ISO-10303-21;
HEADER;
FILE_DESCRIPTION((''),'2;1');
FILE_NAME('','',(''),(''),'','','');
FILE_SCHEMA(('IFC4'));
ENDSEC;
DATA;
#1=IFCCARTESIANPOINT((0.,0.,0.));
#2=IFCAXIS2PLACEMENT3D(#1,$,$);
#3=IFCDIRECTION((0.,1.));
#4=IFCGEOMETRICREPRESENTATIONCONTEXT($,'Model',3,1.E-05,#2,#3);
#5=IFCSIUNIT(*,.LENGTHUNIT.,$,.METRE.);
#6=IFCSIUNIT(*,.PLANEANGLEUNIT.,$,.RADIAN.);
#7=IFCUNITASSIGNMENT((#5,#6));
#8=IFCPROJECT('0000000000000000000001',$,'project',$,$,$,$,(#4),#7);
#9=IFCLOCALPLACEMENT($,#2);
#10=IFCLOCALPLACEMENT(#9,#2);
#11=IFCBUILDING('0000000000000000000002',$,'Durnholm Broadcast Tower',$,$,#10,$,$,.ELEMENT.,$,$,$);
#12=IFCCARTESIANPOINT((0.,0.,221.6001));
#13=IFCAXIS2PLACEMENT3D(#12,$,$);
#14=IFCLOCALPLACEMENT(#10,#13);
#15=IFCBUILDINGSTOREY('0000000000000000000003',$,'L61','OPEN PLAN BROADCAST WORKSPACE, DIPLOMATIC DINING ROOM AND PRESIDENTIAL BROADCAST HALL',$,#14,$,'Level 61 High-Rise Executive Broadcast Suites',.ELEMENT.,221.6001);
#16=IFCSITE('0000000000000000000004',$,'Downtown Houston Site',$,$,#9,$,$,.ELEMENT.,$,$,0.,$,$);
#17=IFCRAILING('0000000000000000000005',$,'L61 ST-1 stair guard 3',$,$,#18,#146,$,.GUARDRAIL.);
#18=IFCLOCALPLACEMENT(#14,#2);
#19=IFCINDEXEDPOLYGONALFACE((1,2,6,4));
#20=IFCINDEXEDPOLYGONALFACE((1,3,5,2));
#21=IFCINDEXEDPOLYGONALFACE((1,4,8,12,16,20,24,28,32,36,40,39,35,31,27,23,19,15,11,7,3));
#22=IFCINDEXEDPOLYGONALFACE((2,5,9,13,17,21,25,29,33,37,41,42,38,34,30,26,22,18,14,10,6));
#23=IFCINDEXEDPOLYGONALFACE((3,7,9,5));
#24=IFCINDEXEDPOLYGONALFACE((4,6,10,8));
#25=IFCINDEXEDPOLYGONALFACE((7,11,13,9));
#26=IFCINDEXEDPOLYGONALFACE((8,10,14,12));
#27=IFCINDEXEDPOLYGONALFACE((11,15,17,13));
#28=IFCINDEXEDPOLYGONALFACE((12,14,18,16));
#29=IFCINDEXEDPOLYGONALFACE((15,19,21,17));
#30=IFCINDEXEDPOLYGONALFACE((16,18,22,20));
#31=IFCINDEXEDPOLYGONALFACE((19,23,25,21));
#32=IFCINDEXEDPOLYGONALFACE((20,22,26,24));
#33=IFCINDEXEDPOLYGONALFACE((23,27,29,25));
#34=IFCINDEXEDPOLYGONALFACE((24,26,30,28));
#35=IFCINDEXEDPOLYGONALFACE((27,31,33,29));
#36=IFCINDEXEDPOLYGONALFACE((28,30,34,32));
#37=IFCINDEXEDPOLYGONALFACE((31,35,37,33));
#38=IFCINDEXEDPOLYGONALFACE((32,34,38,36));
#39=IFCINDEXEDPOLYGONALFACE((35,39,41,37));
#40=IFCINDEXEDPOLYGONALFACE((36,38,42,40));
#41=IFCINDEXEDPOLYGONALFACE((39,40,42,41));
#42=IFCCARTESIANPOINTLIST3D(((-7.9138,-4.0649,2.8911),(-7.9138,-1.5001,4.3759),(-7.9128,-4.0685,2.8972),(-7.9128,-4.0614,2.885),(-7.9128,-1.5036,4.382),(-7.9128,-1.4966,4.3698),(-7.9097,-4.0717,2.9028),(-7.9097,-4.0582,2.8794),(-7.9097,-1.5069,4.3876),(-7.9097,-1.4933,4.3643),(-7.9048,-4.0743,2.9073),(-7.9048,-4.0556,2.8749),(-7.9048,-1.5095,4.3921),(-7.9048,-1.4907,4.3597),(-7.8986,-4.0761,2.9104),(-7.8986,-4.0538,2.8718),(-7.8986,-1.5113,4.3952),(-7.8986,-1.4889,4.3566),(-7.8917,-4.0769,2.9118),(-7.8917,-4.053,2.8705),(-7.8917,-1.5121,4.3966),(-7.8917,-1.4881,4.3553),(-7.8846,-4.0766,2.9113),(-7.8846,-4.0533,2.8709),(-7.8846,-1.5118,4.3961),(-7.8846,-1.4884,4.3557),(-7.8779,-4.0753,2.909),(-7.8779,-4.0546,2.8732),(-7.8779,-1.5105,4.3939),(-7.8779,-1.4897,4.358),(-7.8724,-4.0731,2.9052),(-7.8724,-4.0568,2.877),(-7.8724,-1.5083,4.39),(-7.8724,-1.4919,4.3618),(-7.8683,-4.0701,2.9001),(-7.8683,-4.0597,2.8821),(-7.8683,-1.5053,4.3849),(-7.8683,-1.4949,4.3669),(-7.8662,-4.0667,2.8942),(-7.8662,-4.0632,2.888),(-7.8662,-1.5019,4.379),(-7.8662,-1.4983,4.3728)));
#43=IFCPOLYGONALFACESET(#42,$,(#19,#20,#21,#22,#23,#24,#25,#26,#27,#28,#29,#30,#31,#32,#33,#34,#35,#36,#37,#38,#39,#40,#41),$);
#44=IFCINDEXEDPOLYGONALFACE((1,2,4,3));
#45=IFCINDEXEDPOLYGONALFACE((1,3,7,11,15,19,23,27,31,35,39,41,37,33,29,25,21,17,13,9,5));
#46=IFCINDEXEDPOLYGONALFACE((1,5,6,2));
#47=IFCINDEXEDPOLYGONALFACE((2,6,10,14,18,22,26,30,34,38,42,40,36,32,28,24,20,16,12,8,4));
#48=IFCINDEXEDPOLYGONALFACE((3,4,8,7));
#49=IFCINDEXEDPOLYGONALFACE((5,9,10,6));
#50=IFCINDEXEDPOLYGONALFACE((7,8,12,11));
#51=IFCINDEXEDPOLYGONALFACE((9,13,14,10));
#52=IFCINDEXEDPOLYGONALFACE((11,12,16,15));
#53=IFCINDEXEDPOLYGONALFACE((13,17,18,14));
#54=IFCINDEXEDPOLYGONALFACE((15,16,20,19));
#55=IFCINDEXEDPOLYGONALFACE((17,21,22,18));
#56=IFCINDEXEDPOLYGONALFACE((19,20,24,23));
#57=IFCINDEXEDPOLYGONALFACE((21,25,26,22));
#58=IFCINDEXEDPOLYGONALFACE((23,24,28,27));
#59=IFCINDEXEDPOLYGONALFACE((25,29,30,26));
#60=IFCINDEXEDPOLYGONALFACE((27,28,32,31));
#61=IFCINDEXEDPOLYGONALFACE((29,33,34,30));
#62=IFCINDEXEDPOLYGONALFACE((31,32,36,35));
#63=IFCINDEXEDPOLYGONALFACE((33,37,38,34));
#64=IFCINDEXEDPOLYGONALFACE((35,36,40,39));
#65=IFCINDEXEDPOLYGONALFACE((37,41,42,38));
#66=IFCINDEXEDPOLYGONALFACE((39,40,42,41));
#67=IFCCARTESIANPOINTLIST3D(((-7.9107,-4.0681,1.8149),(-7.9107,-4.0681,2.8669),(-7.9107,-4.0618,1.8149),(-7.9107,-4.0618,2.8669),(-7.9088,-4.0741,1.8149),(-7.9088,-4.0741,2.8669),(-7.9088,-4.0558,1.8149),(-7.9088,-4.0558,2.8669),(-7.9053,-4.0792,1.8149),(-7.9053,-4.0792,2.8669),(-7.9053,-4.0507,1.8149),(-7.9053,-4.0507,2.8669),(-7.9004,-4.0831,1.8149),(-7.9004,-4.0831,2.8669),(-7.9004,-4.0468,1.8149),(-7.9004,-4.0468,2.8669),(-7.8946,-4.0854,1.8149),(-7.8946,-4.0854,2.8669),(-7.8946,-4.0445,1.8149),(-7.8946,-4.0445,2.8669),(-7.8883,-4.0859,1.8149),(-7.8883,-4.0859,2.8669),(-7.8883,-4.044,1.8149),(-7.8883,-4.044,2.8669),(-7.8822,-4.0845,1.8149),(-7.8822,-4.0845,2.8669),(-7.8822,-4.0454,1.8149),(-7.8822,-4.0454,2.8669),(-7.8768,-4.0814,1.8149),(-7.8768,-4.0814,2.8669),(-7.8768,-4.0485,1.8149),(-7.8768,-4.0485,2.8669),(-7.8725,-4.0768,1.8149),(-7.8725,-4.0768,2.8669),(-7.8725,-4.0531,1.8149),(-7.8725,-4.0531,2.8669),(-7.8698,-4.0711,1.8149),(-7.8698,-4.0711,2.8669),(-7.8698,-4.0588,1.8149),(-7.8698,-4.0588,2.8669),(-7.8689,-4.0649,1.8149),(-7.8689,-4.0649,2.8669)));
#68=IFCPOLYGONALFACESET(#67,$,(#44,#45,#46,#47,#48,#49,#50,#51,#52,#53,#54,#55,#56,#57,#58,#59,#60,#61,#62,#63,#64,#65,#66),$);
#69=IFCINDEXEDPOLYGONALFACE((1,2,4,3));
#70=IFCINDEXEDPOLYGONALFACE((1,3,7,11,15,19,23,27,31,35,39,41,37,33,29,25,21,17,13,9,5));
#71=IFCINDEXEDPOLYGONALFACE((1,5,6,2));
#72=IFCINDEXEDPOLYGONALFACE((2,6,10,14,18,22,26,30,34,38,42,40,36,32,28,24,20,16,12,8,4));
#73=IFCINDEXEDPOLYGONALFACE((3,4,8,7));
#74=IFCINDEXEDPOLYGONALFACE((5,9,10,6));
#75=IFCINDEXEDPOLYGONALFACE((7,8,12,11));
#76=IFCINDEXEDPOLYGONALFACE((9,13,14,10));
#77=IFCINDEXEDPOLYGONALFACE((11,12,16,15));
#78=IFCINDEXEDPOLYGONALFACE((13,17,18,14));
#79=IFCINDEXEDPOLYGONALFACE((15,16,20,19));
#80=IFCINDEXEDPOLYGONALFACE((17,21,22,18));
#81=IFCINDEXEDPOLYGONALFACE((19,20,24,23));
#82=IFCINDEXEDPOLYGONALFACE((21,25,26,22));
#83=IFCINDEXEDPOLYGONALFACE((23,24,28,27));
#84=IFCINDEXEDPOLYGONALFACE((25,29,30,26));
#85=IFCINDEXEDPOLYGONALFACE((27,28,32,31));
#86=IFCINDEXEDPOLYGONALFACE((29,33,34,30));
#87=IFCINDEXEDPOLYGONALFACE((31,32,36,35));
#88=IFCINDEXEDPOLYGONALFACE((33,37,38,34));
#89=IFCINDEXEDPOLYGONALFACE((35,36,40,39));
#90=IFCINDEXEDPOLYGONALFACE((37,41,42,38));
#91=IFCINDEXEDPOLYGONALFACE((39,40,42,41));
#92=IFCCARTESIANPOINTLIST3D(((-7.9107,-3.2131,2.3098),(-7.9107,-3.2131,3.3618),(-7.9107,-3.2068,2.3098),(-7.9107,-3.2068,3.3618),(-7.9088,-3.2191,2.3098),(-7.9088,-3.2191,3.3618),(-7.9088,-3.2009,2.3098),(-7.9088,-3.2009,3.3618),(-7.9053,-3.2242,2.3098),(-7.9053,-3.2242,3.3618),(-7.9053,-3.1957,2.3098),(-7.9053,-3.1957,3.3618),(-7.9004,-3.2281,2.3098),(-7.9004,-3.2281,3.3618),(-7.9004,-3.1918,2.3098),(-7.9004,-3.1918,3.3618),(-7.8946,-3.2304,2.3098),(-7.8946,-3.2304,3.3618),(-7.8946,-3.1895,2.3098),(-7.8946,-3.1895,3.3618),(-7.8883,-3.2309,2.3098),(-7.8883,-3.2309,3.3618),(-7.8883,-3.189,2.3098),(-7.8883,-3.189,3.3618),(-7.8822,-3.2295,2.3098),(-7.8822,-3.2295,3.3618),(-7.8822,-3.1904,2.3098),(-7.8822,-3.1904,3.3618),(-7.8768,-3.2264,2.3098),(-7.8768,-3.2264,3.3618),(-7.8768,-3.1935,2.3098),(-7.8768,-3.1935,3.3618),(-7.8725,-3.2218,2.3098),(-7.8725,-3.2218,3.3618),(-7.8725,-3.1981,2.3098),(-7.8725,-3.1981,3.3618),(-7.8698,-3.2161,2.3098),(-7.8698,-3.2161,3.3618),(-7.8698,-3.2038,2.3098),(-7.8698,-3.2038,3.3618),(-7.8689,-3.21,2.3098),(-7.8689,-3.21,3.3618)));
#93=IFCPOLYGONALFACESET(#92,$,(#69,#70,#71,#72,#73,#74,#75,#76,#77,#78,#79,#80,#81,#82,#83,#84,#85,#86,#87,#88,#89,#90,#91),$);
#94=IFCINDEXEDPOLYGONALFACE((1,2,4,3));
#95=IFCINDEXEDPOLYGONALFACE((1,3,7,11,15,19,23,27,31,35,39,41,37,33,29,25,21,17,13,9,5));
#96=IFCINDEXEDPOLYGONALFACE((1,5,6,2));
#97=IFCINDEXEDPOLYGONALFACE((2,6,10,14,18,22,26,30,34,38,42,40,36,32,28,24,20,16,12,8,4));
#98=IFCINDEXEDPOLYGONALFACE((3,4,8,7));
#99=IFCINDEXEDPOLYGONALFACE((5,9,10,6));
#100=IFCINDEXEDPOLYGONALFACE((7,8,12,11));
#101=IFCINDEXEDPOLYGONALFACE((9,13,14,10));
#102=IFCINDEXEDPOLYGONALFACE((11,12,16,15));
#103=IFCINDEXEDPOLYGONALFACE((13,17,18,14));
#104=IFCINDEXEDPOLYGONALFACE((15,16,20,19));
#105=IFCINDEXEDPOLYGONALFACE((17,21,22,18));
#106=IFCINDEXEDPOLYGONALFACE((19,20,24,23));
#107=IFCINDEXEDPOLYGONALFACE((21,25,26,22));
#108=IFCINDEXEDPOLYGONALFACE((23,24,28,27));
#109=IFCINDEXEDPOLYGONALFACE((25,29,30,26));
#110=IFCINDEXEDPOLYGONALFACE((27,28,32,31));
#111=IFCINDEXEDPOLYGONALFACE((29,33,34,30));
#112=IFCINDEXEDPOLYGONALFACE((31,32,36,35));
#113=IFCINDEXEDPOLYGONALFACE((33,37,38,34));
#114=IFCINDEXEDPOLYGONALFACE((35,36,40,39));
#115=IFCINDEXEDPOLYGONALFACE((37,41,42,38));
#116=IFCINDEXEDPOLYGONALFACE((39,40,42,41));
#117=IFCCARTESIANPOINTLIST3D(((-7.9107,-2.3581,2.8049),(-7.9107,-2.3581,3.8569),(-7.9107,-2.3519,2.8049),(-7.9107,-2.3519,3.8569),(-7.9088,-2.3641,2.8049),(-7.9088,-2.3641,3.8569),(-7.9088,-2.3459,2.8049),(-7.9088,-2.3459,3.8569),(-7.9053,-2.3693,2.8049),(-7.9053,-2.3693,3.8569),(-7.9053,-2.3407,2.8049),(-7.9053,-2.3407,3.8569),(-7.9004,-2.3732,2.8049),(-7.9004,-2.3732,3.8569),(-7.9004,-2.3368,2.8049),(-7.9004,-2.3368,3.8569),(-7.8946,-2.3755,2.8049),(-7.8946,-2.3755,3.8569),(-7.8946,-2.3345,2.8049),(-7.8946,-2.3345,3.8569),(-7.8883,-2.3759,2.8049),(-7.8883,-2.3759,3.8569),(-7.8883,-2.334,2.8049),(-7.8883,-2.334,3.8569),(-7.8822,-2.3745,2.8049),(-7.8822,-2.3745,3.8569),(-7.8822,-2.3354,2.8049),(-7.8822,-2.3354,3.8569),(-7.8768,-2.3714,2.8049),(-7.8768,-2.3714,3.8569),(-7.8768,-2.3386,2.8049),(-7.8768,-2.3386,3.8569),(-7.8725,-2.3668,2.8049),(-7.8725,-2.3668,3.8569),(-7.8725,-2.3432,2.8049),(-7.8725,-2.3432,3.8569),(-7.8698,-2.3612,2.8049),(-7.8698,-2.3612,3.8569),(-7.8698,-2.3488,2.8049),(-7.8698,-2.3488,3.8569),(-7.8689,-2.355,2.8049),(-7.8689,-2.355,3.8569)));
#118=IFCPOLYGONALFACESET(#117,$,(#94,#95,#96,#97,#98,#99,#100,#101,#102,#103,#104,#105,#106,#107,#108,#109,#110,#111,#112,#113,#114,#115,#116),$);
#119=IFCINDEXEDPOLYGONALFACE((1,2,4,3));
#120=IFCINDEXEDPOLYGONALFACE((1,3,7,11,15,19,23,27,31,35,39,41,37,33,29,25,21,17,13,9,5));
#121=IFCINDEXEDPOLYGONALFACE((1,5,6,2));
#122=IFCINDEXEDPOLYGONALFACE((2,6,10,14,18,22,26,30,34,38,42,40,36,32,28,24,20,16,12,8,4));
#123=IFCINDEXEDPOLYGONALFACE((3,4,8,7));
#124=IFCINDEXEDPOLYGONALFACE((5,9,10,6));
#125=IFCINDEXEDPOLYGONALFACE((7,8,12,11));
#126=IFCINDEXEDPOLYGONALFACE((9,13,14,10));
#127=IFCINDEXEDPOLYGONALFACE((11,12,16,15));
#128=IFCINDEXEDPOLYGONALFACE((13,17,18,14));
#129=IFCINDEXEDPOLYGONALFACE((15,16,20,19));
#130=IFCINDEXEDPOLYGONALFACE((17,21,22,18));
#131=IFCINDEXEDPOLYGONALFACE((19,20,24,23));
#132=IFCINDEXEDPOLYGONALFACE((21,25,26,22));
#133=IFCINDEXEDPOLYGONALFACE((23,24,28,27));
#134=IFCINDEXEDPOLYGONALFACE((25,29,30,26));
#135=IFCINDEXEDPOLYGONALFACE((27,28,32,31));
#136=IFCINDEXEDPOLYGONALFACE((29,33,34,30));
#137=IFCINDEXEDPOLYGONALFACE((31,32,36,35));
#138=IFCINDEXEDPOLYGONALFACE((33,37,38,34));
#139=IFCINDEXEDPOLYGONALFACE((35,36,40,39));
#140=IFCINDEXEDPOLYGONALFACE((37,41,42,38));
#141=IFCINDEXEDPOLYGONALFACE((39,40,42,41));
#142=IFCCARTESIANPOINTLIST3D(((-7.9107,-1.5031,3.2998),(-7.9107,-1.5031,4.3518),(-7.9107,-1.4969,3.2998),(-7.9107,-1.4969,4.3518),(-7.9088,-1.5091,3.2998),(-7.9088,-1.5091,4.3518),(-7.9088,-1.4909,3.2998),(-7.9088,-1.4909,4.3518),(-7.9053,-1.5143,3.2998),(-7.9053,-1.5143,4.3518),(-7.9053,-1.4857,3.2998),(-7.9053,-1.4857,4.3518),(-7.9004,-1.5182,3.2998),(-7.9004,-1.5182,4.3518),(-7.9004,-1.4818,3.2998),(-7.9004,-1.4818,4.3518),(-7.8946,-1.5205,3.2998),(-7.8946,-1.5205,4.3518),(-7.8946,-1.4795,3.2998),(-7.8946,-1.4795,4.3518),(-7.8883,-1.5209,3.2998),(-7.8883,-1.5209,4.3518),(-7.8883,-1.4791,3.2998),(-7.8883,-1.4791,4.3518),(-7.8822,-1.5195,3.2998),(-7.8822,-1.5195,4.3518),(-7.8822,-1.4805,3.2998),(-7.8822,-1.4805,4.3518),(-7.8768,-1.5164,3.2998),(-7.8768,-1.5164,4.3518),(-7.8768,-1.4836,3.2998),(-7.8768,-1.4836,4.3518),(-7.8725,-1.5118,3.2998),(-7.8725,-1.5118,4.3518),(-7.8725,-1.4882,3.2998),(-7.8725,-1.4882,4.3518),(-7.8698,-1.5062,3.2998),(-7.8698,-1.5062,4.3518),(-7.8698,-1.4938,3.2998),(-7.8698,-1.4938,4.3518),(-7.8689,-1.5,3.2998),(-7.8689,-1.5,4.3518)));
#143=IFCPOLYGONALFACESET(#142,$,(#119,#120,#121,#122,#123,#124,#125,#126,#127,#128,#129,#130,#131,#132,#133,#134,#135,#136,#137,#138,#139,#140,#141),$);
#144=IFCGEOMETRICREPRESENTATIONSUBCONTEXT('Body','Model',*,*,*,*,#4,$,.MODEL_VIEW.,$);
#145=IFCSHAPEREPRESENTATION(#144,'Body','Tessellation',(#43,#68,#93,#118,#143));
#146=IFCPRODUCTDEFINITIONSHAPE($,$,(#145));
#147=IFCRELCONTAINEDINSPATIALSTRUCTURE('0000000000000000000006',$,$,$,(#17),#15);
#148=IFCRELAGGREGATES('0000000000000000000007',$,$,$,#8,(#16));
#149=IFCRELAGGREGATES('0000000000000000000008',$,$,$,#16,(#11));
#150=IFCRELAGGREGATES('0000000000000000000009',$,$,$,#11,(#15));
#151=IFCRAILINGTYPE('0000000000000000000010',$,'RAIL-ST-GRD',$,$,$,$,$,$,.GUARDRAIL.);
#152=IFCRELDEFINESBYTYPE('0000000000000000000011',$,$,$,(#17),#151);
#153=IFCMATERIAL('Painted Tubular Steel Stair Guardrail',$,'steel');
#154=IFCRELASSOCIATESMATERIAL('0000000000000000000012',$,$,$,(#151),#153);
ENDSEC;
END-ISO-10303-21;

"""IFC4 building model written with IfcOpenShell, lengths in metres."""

from ifc_helpers import new_model, si_unit, direction, frame, origin, origin_2d, place, context, subcontext, project, spatial, circle, extrude, material, type_object, element, save


model = new_model("IFC4")

# Units and contexts
model_context = context("Model", 3, precision=1e-05, world=origin(), true_north=direction((0.0, 1.0)))
body_context = subcontext(model_context, "Body", "Model", "MODEL_VIEW")
ifc_project = project(units=[si_unit("LENGTHUNIT", "METRE"), si_unit("PLANEANGLEUNIT", "RADIAN")], contexts=[model_context])

# Site, building, storey
site_placement = place(None, origin())
site = spatial("IfcSite", under=ifc_project, at=site_placement, Name="Downtown Houston Site", CompositionType="ELEMENT", RefElevation=0.0)
building_placement = place(site_placement, origin())
building = spatial("IfcBuilding", under=site, at=building_placement, Name="Durnholm Broadcast Tower", CompositionType="ELEMENT")
storey_placement = place(building_placement, frame((0.0, 0.0, 221.6001)))
storey = spatial("IfcBuildingStorey", under=building, at=storey_placement, Name="L61", Description="OPEN PLAN BROADCAST WORKSPACE, DIPLOMATIC DINING ROOM AND PRESIDENTIAL BROADCAST HALL", LongName="Level 61 High-Rise Executive Broadcast Suites", CompositionType="ELEMENT", Elevation=221.6001)

# Railing
ifc_material_1 = material(Name="Painted Tubular Steel Stair Guardrail", Category="steel")
railing_type_1 = type_object("IfcRailingType", Name="RAIL-ST-GRD", PredefinedType="GUARDRAIL", material=ifc_material_1)
railing_1_placement = place(storey_placement, frame((-7.8899, -4.0649, 1.8149)))
element("IfcRailing", 1, at=railing_1_placement, inside=storey, type_object=railing_type_1, Name="L61 ST-1 stair guard 3", PredefinedType="GUARDRAIL", context=body_context, shape_type="SweptSolid", body=[
    extrude(circle(Radius=0.0239, at=origin_2d()), frame((0.0, 0.0, 1.0762), z_axis=(0.0, 0.865441, 0.50101), x_axis=(-1.0, 0.0, 0.0)), (0.0, 0.0, 1.0), 2.9636),
    extrude(circle(Radius=0.021, at=origin_2d()), origin(), (0.0, 0.0, 1.0), 1.052),
    extrude(circle(Radius=0.021, at=origin_2d()), frame((0.0, 0.855, 0.4949)), (0.0, 0.0, 1.0), 1.052),
    extrude(circle(Radius=0.021, at=origin_2d()), frame((0.0, 1.71, 0.99)), (0.0, 0.0, 1.0), 1.052),
    extrude(circle(Radius=0.021, at=origin_2d()), frame((0.0, 2.5649, 1.4849)), (0.0, 0.0, 1.0), 1.052),
])

save(model, "model.ifc")
